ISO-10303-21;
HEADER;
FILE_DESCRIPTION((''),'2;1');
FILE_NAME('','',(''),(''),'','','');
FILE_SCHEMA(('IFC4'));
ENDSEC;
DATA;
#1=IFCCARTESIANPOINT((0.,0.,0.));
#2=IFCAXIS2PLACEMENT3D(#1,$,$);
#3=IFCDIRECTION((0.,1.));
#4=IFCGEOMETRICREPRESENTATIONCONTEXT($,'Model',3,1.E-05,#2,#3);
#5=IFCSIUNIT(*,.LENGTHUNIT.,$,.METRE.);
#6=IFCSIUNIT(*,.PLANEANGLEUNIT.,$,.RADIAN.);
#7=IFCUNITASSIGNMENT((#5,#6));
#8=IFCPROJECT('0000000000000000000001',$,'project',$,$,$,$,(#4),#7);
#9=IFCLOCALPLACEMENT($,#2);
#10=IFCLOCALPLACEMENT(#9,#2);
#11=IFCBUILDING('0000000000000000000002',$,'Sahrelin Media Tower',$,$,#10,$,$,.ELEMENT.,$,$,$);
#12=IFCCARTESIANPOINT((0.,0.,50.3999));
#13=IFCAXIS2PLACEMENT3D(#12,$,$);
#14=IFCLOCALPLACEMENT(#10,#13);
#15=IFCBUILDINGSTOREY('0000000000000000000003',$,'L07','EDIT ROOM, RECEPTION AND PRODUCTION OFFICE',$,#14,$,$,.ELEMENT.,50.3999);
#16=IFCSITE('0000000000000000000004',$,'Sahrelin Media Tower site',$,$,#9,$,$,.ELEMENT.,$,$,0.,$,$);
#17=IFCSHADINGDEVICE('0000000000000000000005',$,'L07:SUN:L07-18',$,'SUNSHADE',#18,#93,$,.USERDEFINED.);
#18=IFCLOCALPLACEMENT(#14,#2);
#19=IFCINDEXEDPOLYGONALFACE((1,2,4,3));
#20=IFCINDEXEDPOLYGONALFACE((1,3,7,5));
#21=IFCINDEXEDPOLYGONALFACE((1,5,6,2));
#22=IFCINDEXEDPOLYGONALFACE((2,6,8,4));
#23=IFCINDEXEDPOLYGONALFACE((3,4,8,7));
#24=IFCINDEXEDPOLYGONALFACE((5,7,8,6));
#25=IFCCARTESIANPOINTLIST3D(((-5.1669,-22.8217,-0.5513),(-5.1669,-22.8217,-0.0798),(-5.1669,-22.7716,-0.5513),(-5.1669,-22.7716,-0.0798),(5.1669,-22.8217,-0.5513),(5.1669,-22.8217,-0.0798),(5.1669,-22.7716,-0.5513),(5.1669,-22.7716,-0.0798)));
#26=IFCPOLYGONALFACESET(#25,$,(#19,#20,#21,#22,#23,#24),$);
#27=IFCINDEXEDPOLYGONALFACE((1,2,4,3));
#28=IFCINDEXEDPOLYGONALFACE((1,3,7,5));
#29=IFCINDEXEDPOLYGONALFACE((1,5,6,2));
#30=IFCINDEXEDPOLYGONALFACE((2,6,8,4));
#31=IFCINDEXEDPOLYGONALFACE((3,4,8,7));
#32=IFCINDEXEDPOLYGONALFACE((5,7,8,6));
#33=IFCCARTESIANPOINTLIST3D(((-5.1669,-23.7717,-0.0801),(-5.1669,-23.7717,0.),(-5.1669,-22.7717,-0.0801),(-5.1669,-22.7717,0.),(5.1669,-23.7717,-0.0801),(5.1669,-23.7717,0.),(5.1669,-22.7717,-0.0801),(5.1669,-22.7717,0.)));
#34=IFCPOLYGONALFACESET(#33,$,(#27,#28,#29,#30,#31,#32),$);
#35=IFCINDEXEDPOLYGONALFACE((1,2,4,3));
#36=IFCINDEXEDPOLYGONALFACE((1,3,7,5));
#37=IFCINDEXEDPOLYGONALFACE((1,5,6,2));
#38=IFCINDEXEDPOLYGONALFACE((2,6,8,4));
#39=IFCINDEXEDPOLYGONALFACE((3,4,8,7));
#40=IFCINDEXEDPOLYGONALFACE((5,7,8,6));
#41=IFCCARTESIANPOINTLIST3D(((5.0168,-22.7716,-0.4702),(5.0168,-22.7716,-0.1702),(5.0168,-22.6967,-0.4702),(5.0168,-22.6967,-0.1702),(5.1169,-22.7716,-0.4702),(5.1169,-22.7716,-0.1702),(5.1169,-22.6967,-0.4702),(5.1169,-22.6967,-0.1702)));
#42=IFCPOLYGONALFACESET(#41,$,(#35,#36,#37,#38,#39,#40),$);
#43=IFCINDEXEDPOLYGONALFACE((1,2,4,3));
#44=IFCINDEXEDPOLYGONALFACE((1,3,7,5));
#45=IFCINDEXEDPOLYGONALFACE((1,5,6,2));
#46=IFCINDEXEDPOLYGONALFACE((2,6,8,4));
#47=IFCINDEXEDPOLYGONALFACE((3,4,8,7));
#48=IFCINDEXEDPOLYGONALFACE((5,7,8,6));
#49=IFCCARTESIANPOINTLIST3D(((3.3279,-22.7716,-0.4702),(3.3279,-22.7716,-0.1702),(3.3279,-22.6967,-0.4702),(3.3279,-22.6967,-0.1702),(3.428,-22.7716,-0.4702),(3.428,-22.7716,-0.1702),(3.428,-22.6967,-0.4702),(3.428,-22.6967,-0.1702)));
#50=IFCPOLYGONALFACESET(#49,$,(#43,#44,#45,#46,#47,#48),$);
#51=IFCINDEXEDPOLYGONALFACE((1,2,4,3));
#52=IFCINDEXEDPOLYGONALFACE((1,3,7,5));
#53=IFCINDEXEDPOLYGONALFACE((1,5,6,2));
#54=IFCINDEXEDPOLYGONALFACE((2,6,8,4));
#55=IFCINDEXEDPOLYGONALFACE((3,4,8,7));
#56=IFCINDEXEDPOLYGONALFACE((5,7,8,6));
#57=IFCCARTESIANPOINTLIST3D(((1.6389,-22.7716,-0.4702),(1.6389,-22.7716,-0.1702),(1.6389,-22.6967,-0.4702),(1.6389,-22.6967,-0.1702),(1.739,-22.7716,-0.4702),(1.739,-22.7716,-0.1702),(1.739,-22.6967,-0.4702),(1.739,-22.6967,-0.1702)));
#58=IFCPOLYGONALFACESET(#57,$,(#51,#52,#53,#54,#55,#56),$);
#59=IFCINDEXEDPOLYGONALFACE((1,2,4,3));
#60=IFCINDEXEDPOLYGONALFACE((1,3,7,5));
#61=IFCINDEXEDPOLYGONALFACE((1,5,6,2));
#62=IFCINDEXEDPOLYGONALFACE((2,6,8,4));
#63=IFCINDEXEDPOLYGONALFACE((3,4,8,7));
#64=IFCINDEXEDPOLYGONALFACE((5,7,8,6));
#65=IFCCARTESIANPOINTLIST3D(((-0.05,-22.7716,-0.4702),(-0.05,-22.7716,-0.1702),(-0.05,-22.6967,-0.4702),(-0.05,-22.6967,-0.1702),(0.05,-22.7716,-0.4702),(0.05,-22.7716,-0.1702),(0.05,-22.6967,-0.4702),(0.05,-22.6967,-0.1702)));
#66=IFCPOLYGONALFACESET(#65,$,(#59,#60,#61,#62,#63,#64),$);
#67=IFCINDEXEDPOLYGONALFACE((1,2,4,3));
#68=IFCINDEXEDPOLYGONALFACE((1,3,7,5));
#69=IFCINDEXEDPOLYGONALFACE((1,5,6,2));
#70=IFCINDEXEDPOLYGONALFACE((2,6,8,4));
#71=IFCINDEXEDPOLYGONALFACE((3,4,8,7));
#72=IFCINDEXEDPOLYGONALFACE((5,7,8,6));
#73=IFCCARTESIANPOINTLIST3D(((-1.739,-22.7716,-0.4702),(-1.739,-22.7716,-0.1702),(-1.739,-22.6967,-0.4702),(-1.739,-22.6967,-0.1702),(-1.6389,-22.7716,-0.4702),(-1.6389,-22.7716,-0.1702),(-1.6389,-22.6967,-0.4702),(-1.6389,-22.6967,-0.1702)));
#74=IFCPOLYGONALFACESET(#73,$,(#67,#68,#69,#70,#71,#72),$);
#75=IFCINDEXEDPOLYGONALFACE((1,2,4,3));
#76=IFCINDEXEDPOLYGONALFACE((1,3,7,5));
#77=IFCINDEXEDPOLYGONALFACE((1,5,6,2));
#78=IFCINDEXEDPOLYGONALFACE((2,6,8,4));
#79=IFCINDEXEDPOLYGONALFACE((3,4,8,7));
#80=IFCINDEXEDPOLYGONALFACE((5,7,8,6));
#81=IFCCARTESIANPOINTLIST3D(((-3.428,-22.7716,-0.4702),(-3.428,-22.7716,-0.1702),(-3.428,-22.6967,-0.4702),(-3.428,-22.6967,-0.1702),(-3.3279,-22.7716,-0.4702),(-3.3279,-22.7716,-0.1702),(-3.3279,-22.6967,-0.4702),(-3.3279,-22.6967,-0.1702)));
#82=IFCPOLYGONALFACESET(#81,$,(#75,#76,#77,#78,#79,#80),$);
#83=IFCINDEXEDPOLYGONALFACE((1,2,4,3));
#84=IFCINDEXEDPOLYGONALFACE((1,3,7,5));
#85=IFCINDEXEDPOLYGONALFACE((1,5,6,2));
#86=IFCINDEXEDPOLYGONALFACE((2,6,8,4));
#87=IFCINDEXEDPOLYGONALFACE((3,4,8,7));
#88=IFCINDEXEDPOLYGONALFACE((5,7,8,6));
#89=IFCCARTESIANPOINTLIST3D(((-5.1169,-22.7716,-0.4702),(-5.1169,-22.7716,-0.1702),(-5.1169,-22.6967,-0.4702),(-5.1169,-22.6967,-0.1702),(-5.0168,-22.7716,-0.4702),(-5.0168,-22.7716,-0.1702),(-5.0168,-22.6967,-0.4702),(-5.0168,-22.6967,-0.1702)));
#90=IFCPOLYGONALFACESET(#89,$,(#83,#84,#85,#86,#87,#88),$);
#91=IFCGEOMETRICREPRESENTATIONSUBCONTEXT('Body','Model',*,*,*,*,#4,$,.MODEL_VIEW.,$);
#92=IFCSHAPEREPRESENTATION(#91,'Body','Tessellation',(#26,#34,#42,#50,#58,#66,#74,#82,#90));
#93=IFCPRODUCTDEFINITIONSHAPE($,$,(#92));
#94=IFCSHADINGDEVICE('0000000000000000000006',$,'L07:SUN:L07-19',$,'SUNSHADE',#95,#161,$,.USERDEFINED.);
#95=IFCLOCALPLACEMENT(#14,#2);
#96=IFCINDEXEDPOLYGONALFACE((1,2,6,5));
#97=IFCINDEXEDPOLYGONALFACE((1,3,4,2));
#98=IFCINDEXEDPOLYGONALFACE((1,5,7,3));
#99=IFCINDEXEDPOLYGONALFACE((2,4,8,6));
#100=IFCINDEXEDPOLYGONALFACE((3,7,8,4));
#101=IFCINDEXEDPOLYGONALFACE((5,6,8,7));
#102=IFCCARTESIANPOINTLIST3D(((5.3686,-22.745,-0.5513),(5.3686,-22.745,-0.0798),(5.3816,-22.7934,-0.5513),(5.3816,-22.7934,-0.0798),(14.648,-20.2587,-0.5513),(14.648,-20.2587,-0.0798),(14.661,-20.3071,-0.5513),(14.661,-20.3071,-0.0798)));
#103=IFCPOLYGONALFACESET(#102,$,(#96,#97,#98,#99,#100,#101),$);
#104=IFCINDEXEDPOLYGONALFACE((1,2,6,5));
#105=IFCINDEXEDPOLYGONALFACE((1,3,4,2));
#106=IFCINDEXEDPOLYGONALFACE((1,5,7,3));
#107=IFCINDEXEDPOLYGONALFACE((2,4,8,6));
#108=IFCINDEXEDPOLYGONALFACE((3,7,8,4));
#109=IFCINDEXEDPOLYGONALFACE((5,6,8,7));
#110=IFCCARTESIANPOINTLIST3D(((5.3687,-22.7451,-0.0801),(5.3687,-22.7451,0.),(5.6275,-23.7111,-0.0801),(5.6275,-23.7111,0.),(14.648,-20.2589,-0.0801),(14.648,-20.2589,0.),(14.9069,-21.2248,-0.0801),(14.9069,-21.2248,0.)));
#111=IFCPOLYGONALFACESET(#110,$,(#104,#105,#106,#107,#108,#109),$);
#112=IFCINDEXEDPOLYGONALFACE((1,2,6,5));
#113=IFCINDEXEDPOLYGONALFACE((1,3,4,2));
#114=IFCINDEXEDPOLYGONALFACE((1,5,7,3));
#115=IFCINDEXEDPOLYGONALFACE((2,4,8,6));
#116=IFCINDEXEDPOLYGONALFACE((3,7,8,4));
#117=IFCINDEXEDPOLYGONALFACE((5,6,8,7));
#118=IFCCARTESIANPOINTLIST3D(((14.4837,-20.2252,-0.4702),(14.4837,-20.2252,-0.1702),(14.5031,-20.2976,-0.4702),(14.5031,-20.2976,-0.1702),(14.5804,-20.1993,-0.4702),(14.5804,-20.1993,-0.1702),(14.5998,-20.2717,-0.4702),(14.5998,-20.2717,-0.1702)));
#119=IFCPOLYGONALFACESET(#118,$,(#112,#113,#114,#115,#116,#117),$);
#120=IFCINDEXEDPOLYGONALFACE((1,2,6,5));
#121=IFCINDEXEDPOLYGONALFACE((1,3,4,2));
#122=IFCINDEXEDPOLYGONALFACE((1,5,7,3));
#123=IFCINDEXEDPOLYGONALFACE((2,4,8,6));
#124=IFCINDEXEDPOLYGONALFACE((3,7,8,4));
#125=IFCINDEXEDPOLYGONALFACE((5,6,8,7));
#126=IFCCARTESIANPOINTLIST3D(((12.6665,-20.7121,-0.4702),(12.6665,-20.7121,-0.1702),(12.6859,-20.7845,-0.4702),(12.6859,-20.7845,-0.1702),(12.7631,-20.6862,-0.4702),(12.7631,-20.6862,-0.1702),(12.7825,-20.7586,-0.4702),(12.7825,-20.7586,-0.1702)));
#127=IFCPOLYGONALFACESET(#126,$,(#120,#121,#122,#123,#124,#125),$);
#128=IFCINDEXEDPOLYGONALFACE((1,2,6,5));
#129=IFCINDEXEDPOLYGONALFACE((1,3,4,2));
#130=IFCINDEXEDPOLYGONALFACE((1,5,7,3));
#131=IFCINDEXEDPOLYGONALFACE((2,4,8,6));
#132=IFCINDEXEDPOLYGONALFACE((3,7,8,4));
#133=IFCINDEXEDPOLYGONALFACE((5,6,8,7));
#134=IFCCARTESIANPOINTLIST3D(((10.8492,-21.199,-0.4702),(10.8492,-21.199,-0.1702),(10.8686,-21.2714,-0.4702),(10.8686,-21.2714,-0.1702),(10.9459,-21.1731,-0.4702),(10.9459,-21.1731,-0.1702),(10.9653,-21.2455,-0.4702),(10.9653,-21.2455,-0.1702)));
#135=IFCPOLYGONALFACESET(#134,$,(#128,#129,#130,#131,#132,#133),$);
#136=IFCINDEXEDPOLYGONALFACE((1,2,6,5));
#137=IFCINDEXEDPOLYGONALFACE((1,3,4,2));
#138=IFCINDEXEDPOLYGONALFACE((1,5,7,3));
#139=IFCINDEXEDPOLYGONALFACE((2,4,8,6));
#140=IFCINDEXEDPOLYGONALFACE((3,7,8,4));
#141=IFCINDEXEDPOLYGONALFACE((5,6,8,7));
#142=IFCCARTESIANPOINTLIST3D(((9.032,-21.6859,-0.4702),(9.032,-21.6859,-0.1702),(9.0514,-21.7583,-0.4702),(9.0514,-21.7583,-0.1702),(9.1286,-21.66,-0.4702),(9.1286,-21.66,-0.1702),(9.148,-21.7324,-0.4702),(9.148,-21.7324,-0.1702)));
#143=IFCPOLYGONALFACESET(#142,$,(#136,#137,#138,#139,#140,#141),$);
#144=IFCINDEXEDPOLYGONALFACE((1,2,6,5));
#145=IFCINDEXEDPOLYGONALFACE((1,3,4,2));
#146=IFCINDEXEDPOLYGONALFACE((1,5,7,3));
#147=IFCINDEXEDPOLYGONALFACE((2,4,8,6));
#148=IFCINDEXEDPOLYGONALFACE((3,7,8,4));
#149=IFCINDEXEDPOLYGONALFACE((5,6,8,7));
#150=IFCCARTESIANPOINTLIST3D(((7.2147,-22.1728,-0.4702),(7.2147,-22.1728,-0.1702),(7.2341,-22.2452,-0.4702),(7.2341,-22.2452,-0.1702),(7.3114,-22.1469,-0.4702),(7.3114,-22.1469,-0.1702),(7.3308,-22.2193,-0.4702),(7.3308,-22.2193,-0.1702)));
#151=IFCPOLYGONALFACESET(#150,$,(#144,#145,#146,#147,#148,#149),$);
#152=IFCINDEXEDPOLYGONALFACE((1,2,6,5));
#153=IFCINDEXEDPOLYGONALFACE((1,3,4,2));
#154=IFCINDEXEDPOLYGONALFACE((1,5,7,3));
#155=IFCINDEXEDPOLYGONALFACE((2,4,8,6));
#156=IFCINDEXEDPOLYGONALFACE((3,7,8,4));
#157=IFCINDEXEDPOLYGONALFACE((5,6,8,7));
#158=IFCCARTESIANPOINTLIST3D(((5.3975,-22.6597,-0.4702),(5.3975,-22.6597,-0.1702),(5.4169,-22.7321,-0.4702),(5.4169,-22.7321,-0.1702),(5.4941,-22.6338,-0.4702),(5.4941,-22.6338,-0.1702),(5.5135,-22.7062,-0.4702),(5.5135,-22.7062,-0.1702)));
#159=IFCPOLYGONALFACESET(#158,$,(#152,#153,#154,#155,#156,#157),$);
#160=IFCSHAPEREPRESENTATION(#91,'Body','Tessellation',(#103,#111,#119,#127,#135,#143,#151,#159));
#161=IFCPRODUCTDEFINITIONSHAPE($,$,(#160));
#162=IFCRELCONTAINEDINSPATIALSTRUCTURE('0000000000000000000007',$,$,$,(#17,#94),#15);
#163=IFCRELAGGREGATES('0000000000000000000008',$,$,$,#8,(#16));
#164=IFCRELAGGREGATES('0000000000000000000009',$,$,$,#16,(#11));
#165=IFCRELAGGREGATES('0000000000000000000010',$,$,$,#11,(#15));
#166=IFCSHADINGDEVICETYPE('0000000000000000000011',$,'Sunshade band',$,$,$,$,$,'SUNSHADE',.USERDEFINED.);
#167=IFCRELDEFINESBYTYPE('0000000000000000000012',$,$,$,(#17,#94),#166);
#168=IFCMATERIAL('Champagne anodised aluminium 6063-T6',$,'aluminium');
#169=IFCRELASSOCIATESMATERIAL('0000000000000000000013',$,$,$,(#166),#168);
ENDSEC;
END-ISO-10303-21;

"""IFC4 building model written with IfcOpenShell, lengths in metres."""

from ifc_helpers import new_model, si_unit, direction, frame, origin, origin_2d, place, context, subcontext, project, spatial, rectangle, extrude, material, type_object, element, save


model = new_model("IFC4")

# Units and contexts
model_context = context("Model", 3, precision=1e-05, world=origin(), true_north=direction((0.0, 1.0)))
body_context = subcontext(model_context, "Body", "Model", "MODEL_VIEW")
ifc_project = project(units=[si_unit("LENGTHUNIT", "METRE"), si_unit("PLANEANGLEUNIT", "RADIAN")], contexts=[model_context])

# Site, building, storey
site_placement = place(None, origin())
site = spatial("IfcSite", under=ifc_project, at=site_placement, Name="Sahrelin Media Tower site", CompositionType="ELEMENT", RefElevation=0.0)
building_placement = place(site_placement, origin())
building = spatial("IfcBuilding", under=site, at=building_placement, Name="Sahrelin Media Tower", CompositionType="ELEMENT")
storey_placement = place(building_placement, frame((0.0, 0.0, 50.3999)))
storey = spatial("IfcBuildingStorey", under=building, at=storey_placement, Name="L07", Description="EDIT ROOM, RECEPTION AND PRODUCTION OFFICE", CompositionType="ELEMENT", Elevation=50.3999)

# Shared definitions
ifc_material_1 = material(Name="Champagne anodised aluminium 6063-T6", Category="aluminium")

# Shading devices
placement_1 = place(storey_placement, frame((0.0, -22.7517, 0.0), z_axis=(0.0, 0.0, 1.0), x_axis=(-1.0, 0.0, 0.0)))
placement_2 = place(storey_placement, frame((10.0032, -21.4827, 0.0), z_axis=(0.0, 0.0, 1.0), x_axis=(-0.965929, -0.258808, 0.0)))
shading_device_type_1 = type_object("IfcShadingDeviceType", Name="Sunshade band", ElementType="SUNSHADE", PredefinedType="USERDEFINED", material=ifc_material_1)
element("IfcShadingDevice", 1, at=placement_1, inside=storey, type_object=shading_device_type_1, Name="L07:SUN:L07-18", ObjectType="SUNSHADE", PredefinedType="USERDEFINED", context=body_context, shape_type="SweptSolid", body=[
    extrude(rectangle(XDim=10.3337, YDim=0.05, at=origin_2d()), frame((0.0, 0.0449, -0.5513)), (0.0, 0.0, 1.0), 0.4714),
    extrude(rectangle(XDim=10.3337, YDim=1.0, at=origin_2d()), frame((0.0, 0.52, -0.0801)), (0.0, 0.0, 1.0), 0.0801),
    extrude(rectangle(XDim=0.1001, YDim=0.075, at=origin_2d()), frame((-5.0669, -0.0176, -0.4702)), (0.0, 0.0, 1.0), 0.3),
    extrude(rectangle(XDim=0.1001, YDim=0.075, at=origin_2d()), frame((-3.3779, -0.0176, -0.4702)), (0.0, 0.0, 1.0), 0.3),
    extrude(rectangle(XDim=0.1001, YDim=0.075, at=origin_2d()), frame((-1.689, -0.0176, -0.4702)), (0.0, 0.0, 1.0), 0.3),
    extrude(rectangle(XDim=0.1001, YDim=0.075, at=origin_2d()), frame((0.0, -0.0176, -0.4702)), (0.0, 0.0, 1.0), 0.3),
    extrude(rectangle(XDim=0.1001, YDim=0.075, at=origin_2d()), frame((1.689, -0.0176, -0.4702)), (0.0, 0.0, 1.0), 0.3),
    extrude(rectangle(XDim=0.1001, YDim=0.075, at=origin_2d()), frame((3.3779, -0.0176, -0.4702)), (0.0, 0.0, 1.0), 0.3),
    extrude(rectangle(XDim=0.1001, YDim=0.075, at=origin_2d()), frame((5.0669, -0.0176, -0.4702)), (0.0, 0.0, 1.0), 0.3),
])
element("IfcShadingDevice", 2, at=placement_2, inside=storey, type_object=shading_device_type_1, Name="L07:SUN:L07-19", ObjectType="SUNSHADE", PredefinedType="USERDEFINED", context=body_context, shape_type="SweptSolid", body=[
    extrude(rectangle(XDim=9.6067, YDim=0.05, at=origin_2d()), frame((0.0, 0.0449, -0.5513)), (0.0, 0.0, 1.0), 0.4714),
    extrude(rectangle(XDim=9.6067, YDim=1.0, at=origin_2d()), frame((0.0, 0.52, -0.0801)), (0.0, 0.0, 1.0), 0.0801),
    extrude(rectangle(XDim=0.1001, YDim=0.075, at=origin_2d()), frame((-4.7034, -0.0176, -0.4702)), (0.0, 0.0, 1.0), 0.3),
    extrude(rectangle(XDim=0.1001, YDim=0.075, at=origin_2d()), frame((-2.822, -0.0176, -0.4702)), (0.0, 0.0, 1.0), 0.3),
    extrude(rectangle(XDim=0.1001, YDim=0.075, at=origin_2d()), frame((-0.9407, -0.0176, -0.4702)), (0.0, 0.0, 1.0), 0.3),
    extrude(rectangle(XDim=0.1001, YDim=0.075, at=origin_2d()), frame((0.9407, -0.0176, -0.4702)), (0.0, 0.0, 1.0), 0.3),
    extrude(rectangle(XDim=0.1001, YDim=0.075, at=origin_2d()), frame((2.822, -0.0176, -0.4702)), (0.0, 0.0, 1.0), 0.3),
    extrude(rectangle(XDim=0.1001, YDim=0.075, at=origin_2d()), frame((4.7034, -0.0176, -0.4702)), (0.0, 0.0, 1.0), 0.3),
])

save(model, "model.ifc")
